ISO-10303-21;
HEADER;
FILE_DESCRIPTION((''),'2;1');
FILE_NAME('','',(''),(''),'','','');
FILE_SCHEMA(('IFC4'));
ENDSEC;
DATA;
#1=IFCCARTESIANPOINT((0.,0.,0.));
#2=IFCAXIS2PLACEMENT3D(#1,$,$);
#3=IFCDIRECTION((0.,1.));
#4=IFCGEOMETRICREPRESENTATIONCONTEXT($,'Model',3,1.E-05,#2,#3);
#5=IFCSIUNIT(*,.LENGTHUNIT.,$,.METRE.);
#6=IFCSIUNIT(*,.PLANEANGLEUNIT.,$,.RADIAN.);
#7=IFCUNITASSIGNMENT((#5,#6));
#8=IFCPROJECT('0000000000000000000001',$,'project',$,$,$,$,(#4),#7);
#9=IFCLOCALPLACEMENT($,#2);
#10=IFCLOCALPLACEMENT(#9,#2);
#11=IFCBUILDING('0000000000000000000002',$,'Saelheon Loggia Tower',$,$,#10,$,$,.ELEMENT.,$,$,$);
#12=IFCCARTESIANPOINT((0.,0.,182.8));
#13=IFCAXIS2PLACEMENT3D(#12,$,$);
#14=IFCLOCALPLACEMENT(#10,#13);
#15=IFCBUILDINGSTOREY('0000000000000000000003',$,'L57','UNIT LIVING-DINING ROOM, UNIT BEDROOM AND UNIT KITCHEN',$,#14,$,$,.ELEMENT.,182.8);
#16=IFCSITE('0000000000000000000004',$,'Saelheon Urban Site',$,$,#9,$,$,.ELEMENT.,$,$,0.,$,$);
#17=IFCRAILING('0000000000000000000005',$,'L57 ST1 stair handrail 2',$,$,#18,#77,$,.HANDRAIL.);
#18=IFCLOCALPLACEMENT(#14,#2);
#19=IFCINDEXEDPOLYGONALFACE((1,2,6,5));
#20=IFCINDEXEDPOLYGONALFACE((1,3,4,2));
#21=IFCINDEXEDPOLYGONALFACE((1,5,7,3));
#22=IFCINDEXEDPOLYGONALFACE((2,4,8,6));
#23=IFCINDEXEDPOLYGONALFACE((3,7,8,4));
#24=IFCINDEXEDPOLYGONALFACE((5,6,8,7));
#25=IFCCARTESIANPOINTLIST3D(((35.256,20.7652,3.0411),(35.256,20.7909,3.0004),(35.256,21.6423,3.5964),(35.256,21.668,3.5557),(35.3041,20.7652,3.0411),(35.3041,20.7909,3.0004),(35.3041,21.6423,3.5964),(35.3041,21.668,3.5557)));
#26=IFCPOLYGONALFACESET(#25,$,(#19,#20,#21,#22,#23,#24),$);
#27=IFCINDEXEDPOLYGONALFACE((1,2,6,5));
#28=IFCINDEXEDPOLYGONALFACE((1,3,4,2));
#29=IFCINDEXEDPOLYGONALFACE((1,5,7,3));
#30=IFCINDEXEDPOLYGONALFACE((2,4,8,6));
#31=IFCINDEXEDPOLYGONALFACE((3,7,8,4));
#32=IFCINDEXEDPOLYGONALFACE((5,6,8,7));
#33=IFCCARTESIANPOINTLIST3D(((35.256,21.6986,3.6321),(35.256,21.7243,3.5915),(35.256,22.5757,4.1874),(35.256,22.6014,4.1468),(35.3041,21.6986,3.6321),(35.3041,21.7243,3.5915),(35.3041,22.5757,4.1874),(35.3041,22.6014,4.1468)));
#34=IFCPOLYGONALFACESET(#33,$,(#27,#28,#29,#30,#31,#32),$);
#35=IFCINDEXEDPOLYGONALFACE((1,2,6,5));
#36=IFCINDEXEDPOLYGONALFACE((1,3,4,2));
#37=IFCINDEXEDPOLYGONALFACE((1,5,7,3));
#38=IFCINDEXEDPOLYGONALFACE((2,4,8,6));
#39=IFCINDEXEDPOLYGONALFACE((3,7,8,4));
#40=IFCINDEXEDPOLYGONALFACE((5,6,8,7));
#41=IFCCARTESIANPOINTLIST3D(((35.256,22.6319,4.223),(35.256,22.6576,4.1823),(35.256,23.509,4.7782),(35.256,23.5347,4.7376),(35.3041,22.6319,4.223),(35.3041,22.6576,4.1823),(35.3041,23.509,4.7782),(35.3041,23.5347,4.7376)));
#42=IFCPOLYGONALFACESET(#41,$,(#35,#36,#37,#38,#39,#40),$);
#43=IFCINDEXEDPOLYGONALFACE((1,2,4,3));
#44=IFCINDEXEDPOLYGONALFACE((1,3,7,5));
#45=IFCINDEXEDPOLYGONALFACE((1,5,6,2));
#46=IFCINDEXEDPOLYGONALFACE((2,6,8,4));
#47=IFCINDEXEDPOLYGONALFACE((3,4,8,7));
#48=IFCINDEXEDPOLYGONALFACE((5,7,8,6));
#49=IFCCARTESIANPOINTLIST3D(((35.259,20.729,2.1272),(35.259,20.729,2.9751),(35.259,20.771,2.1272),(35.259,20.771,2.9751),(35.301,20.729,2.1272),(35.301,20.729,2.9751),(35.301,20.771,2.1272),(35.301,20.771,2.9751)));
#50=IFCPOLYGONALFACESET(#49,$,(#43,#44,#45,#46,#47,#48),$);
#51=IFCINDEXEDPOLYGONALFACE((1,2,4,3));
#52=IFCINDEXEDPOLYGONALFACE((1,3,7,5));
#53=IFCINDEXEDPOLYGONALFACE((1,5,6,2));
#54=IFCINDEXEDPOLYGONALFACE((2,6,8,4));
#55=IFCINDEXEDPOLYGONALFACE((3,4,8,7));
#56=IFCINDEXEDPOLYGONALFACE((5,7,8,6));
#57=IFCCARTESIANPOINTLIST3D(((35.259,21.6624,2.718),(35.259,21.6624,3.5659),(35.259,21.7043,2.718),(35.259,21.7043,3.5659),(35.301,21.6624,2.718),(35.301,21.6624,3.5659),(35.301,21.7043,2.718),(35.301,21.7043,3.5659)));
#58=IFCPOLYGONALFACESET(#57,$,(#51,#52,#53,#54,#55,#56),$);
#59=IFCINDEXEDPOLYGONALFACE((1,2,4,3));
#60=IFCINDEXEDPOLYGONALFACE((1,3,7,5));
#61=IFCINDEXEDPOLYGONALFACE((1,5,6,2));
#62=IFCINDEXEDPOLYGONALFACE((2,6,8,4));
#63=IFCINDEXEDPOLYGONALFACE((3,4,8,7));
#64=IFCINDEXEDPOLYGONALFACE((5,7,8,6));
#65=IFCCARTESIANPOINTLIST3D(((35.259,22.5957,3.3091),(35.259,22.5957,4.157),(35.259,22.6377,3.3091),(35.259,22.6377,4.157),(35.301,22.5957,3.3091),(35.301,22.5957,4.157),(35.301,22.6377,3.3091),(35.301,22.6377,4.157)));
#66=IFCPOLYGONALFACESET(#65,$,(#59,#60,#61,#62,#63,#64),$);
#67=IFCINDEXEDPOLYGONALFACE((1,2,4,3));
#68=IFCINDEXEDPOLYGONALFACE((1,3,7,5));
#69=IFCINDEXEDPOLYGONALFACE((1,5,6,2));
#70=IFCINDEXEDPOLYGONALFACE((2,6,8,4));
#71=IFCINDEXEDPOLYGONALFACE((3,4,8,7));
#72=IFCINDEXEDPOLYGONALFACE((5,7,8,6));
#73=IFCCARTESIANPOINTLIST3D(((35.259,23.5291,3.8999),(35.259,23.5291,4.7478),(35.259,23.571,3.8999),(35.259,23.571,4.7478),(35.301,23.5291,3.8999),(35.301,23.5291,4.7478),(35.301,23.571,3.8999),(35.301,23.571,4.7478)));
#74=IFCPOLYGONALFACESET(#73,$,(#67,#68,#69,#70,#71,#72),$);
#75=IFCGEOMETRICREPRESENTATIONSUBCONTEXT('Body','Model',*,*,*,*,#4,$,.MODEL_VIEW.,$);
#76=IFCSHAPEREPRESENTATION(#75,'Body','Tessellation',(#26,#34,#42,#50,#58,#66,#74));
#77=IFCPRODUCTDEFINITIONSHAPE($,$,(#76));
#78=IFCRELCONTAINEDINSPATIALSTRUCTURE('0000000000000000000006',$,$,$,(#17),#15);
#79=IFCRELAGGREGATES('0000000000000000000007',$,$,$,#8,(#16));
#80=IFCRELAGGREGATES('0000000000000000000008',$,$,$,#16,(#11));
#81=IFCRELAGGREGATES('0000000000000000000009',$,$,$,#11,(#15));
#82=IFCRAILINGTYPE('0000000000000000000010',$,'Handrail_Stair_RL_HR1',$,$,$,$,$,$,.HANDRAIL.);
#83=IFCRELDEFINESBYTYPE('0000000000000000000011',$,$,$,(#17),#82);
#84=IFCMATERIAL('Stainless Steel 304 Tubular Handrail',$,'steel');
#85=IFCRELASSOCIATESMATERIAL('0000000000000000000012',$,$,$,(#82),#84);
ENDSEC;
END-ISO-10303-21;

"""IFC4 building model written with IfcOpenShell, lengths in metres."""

from ifc_helpers import new_model, si_unit, direction, frame, origin, origin_2d, place, context, subcontext, project, spatial, rectangle, extrude, material, type_object, element, save


model = new_model("IFC4")

# Units and contexts
model_context = context("Model", 3, precision=1e-05, world=origin(), true_north=direction((0.0, 1.0)))
body_context = subcontext(model_context, "Body", "Model", "MODEL_VIEW")
ifc_project = project(units=[si_unit("LENGTHUNIT", "METRE"), si_unit("PLANEANGLEUNIT", "RADIAN")], contexts=[model_context])

# Site, building, storey
site_placement = place(None, origin())
site = spatial("IfcSite", under=ifc_project, at=site_placement, Name="Saelheon Urban Site", CompositionType="ELEMENT", RefElevation=0.0)
building_placement = place(site_placement, origin())
building = spatial("IfcBuilding", under=site, at=building_placement, Name="Saelheon Loggia Tower", CompositionType="ELEMENT")
storey_placement = place(building_placement, frame((0.0, 0.0, 182.8)))
storey = spatial("IfcBuildingStorey", under=building, at=storey_placement, Name="L57", Description="UNIT LIVING-DINING ROOM, UNIT BEDROOM AND UNIT KITCHEN", CompositionType="ELEMENT", Elevation=182.8)

# Railing
ifc_material_1 = material(Name="Stainless Steel 304 Tubular Handrail", Category="steel")
railing_type_1 = type_object("IfcRailingType", Name="Handrail_Stair_RL_HR1", PredefinedType="HANDRAIL", material=ifc_material_1)
railing_1_placement = place(storey_placement, frame((35.28, 20.75, 2.1272)))
element("IfcRailing", 1, at=railing_1_placement, inside=storey, type_object=railing_type_1, Name="L57 ST1 stair handrail 2", PredefinedType="HANDRAIL", context=body_context, shape_type="SweptSolid", body=[
    extrude(rectangle(XDim=0.0481, YDim=0.0481, at=origin_2d()), frame((0.0, 0.0281, 0.8936), z_axis=(0.0, 0.844909, 0.53491), x_axis=(-1.0, 0.0, 0.0)), (0.0, 0.0, 1.0), 1.0381),
    extrude(rectangle(XDim=0.0481, YDim=0.0481, at=origin_2d()), frame((0.0, 0.9614, 1.4846), z_axis=(0.0, 0.844909, 0.53491), x_axis=(-1.0, 0.0, 0.0)), (0.0, 0.0, 1.0), 1.0381),
    extrude(rectangle(XDim=0.0481, YDim=0.0481, at=origin_2d()), frame((0.0, 1.8948, 2.0754), z_axis=(0.0, 0.844909, 0.53491), x_axis=(-1.0, 0.0, 0.0)), (0.0, 0.0, 1.0), 1.0381),
    extrude(rectangle(XDim=0.042, YDim=0.042, at=origin_2d()), origin(), (0.0, 0.0, 1.0), 0.8479),
    extrude(rectangle(XDim=0.042, YDim=0.042, at=origin_2d()), frame((0.0, 0.9333, 0.5908)), (0.0, 0.0, 1.0), 0.8479),
    extrude(rectangle(XDim=0.042, YDim=0.042, at=origin_2d()), frame((0.0, 1.8667, 1.1819)), (0.0, 0.0, 1.0), 0.8479),
    extrude(rectangle(XDim=0.042, YDim=0.042, at=origin_2d()), frame((0.0, 2.8, 1.7727)), (0.0, 0.0, 1.0), 0.8479),
])

save(model, "model.ifc")
